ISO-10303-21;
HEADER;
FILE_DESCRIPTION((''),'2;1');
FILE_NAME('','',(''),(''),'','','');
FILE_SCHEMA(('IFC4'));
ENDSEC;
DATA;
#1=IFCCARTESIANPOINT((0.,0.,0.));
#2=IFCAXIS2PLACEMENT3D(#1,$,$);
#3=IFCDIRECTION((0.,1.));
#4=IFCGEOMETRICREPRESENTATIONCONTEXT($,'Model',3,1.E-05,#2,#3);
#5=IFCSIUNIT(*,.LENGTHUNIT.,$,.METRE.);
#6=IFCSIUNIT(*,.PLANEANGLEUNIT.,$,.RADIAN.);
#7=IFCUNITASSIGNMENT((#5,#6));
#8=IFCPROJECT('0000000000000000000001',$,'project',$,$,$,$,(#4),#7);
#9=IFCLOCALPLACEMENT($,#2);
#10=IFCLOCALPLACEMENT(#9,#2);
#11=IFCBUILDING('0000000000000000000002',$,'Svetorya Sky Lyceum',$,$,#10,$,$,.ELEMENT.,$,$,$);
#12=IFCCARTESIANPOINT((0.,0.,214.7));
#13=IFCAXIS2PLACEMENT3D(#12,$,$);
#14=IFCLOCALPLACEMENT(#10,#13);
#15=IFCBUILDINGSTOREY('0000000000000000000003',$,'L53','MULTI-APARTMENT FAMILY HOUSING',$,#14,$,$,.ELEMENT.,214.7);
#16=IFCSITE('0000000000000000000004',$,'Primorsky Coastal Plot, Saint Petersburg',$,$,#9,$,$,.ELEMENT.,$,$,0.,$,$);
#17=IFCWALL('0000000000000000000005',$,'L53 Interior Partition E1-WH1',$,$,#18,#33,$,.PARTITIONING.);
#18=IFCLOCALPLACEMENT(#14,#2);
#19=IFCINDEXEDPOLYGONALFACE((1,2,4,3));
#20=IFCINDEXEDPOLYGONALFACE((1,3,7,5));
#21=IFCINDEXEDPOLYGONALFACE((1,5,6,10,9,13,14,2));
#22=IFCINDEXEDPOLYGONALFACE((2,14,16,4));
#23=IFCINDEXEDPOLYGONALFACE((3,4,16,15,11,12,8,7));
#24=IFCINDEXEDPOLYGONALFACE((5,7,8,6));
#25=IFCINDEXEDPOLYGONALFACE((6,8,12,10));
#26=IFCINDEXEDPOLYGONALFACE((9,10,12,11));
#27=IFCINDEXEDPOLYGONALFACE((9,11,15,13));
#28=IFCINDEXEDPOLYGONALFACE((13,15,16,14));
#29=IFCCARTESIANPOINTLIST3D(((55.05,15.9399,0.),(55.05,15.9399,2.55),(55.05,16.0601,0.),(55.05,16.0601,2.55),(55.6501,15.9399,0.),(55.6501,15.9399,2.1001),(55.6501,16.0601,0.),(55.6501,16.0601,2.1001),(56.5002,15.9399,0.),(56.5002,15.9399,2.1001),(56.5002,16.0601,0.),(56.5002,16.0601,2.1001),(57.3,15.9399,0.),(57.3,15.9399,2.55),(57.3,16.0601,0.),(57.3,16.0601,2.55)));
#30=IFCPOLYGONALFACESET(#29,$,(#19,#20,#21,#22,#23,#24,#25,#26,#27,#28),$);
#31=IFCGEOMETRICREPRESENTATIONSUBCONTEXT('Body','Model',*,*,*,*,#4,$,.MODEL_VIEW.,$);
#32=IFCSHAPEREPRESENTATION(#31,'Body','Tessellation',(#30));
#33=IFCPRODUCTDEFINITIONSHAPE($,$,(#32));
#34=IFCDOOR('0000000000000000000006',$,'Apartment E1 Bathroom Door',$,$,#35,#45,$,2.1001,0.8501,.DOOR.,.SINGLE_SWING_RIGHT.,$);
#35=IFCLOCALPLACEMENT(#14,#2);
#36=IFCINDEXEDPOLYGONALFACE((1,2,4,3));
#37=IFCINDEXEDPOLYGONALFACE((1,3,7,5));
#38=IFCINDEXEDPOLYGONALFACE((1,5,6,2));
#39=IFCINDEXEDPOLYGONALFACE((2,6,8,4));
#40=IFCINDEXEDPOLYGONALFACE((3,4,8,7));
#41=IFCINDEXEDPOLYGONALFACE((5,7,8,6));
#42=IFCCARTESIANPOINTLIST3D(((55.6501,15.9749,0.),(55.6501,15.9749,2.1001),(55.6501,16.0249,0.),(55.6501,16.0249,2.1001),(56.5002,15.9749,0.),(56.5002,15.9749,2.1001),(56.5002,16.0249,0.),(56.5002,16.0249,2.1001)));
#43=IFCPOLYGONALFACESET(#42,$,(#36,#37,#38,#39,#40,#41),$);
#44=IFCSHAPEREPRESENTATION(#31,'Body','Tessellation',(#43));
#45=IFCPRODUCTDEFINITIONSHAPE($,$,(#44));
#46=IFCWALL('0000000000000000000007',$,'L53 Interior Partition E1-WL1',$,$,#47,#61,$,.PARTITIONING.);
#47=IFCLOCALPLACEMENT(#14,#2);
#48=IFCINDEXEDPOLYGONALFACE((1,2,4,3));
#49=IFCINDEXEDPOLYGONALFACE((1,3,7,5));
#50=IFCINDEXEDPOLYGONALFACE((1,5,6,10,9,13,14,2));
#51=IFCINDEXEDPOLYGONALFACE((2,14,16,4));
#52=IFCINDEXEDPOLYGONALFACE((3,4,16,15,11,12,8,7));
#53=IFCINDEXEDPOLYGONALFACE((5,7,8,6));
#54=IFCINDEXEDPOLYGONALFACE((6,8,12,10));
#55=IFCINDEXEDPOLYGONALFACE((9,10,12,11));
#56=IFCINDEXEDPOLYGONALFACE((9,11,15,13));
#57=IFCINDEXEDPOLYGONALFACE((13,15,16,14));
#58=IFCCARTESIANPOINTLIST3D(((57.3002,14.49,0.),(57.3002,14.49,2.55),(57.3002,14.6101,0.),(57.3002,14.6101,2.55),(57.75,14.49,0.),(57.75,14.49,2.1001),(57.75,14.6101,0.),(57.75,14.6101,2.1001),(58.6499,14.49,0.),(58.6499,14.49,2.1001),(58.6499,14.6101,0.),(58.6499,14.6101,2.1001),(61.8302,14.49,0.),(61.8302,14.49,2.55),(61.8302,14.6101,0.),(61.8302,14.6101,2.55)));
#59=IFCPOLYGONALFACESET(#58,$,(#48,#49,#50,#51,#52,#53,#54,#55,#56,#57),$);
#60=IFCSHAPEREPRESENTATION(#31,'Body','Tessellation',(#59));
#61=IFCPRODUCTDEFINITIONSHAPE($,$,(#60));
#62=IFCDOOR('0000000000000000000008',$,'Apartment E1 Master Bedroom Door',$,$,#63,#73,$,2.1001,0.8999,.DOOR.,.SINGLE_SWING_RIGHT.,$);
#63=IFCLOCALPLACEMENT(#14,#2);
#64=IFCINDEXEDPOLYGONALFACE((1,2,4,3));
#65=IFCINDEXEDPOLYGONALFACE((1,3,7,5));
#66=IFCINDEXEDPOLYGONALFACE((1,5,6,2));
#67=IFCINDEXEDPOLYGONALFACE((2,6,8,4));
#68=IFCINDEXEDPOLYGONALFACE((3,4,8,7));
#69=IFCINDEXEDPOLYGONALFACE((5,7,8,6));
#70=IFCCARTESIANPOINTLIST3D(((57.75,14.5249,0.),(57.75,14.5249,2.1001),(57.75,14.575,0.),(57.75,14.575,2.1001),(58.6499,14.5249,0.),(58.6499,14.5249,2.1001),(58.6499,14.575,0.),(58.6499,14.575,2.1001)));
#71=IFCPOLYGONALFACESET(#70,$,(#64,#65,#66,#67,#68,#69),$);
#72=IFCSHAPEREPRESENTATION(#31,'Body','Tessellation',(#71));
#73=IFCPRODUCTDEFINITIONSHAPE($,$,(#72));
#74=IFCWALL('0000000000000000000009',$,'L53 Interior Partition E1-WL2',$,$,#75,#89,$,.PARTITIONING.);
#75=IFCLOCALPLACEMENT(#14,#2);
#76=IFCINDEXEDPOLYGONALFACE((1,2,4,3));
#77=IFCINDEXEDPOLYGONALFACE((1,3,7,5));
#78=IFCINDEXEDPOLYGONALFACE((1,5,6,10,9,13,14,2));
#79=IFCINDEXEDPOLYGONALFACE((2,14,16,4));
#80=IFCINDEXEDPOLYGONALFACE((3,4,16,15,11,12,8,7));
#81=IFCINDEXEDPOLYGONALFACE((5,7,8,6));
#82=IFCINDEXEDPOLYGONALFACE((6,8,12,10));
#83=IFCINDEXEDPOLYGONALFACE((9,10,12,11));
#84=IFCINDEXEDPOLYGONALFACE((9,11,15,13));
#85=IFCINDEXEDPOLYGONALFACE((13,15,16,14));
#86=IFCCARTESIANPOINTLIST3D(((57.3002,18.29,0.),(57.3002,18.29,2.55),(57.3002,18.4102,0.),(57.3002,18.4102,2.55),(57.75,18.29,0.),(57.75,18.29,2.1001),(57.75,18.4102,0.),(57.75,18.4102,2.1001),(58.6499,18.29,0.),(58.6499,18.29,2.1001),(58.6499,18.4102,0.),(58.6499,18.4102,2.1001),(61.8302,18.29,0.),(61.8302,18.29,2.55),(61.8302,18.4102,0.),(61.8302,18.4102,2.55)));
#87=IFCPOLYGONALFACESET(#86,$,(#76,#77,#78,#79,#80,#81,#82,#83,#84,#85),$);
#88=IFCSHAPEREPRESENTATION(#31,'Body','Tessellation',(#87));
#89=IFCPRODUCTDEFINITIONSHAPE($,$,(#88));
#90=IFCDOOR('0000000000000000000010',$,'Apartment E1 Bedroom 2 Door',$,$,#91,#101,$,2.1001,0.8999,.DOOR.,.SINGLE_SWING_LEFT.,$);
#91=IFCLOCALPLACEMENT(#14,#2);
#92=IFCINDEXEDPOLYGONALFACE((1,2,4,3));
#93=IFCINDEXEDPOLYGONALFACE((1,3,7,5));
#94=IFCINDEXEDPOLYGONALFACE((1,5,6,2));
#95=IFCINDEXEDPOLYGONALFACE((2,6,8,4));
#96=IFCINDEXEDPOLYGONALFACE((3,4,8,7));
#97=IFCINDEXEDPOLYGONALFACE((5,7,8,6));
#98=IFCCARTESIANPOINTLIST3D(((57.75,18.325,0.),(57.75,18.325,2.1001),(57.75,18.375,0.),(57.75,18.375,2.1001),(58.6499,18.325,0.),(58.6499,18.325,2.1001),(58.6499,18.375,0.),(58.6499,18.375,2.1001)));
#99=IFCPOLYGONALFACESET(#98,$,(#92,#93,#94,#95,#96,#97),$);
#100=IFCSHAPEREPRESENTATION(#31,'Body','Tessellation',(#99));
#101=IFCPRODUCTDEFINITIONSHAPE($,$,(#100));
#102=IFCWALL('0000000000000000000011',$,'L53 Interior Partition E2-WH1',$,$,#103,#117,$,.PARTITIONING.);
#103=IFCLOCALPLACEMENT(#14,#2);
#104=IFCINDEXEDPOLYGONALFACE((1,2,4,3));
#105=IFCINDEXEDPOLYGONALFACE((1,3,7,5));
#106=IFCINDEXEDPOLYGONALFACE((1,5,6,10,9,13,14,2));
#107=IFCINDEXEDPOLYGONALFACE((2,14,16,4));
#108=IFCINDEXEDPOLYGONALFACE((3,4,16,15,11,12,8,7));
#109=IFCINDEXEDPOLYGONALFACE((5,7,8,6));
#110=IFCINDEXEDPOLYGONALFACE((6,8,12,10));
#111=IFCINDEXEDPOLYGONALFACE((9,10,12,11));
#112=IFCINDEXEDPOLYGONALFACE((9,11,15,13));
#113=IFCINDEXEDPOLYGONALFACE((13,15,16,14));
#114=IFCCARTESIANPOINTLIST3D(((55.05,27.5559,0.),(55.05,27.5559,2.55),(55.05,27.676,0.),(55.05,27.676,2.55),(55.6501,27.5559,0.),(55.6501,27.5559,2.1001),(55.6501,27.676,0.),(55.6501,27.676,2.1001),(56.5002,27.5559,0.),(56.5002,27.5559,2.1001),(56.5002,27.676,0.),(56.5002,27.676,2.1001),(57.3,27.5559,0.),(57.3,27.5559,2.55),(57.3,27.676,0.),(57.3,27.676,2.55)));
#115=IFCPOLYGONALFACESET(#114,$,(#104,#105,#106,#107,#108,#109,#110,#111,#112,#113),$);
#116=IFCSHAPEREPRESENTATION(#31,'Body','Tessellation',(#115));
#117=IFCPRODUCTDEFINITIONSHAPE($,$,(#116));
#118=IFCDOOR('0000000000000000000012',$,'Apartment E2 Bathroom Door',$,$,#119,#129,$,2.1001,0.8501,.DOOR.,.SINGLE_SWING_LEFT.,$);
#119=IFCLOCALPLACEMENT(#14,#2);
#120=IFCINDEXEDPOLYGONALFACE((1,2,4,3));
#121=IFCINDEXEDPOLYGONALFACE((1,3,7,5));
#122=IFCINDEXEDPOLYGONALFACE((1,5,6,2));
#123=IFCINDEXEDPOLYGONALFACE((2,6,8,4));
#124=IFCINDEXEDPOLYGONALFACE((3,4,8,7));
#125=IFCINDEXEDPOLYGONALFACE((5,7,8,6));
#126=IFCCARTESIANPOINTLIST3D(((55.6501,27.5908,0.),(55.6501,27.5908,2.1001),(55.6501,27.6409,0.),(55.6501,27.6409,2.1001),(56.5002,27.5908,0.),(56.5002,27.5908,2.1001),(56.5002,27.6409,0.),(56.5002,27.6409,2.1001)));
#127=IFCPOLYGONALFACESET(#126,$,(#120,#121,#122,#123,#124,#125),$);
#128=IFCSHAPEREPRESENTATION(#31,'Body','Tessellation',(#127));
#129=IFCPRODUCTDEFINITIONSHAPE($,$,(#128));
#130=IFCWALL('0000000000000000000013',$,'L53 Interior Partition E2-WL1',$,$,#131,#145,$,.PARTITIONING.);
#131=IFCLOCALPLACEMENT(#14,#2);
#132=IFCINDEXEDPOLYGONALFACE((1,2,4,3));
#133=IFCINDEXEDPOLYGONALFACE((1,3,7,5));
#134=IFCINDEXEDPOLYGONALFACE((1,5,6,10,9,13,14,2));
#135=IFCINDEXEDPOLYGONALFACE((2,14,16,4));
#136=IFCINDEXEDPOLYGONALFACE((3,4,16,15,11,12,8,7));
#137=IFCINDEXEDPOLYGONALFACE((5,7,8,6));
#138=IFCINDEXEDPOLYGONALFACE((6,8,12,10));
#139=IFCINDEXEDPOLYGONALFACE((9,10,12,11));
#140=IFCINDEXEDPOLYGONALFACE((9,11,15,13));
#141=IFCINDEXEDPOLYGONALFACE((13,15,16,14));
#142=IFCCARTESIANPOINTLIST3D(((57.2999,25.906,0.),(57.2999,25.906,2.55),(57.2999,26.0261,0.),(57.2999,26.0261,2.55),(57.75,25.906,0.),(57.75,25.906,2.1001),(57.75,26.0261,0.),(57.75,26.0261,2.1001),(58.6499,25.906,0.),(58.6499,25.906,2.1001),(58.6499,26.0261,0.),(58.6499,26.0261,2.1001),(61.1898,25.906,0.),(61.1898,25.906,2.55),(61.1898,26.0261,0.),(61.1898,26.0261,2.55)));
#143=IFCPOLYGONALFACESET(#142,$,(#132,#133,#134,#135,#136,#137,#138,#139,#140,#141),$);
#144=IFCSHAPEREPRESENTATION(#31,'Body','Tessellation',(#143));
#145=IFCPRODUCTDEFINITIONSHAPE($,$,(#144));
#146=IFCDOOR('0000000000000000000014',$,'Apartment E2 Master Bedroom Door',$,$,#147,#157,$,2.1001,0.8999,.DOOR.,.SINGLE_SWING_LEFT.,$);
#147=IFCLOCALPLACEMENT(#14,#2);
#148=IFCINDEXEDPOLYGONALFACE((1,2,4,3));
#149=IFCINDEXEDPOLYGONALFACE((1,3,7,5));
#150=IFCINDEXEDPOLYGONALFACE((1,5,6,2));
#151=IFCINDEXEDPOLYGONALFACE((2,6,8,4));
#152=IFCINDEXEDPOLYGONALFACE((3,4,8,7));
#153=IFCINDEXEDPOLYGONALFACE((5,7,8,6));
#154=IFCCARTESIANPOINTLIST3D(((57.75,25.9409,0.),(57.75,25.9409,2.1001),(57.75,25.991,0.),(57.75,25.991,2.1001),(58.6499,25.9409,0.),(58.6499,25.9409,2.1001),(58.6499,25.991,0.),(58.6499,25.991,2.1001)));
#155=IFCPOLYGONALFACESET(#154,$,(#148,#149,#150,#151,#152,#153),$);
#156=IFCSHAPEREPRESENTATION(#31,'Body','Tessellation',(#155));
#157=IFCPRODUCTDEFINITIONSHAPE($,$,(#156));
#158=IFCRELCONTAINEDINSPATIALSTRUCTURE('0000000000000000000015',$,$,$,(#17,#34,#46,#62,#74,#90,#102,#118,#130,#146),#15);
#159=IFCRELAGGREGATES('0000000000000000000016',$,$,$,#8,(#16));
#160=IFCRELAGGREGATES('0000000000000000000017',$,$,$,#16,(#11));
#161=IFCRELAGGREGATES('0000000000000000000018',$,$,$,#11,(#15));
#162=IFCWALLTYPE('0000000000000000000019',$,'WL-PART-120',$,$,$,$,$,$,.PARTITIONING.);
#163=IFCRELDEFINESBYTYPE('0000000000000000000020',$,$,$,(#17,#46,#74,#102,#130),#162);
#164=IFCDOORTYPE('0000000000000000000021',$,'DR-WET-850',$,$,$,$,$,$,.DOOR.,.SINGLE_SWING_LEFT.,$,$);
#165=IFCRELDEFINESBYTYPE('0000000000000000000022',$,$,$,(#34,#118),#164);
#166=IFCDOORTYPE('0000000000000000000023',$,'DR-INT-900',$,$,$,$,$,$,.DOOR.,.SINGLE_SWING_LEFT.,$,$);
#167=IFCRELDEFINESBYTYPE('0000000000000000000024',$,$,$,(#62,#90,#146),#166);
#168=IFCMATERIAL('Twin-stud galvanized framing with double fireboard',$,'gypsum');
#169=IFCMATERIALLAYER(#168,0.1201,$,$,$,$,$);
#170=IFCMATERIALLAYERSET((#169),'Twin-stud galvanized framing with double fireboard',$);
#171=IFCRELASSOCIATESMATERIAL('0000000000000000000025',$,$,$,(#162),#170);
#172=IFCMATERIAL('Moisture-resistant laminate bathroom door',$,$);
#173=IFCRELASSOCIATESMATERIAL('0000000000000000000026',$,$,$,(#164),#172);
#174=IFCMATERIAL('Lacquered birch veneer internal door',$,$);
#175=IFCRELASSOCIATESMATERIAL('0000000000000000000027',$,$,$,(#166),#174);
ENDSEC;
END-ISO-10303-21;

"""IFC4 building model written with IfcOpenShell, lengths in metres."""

from ifc_helpers import new_model, si_unit, direction, frame, frame_2d, origin, place, context, subcontext, project, spatial, rectangle, extrude, material, layer, layer_set, type_object, element, fill, save


model = new_model("IFC4")

# Units and contexts
model_context = context("Model", 3, precision=1e-05, world=origin(), true_north=direction((0.0, 1.0)))
body_context = subcontext(model_context, "Body", "Model", "MODEL_VIEW")
ifc_project = project(units=[si_unit("LENGTHUNIT", "METRE"), si_unit("PLANEANGLEUNIT", "RADIAN")], contexts=[model_context])

# Site, building, storey
site_placement = place(None, origin())
site = spatial("IfcSite", under=ifc_project, at=site_placement, Name="Primorsky Coastal Plot, Saint Petersburg", CompositionType="ELEMENT", RefElevation=0.0)
building_placement = place(site_placement, origin())
building = spatial("IfcBuilding", under=site, at=building_placement, Name="Svetorya Sky Lyceum", CompositionType="ELEMENT")
storey_placement = place(building_placement, frame((0.0, 0.0, 214.7)))
storey = spatial("IfcBuildingStorey", under=building, at=storey_placement, Name="L53", Description="MULTI-APARTMENT FAMILY HOUSING", CompositionType="ELEMENT", Elevation=214.7)

# Walls, openings, doors
ifc_material_1 = material(Name="Twin-stud galvanized framing with double fireboard", Category="gypsum")
ifc_layer_1 = layer(ifc_material_1, 0.1201)
ifc_layer_set_1 = layer_set([ifc_layer_1], Name="Twin-stud galvanized framing with double fireboard")
wall_type_1 = type_object("IfcWallType", Name="WL-PART-120", PredefinedType="PARTITIONING", material=ifc_layer_set_1)
wall_1_placement = place(storey_placement, frame((55.05, 16.0, 0.0), z_axis=(0.0, 0.0, 1.0), x_axis=(1.0, 0.0, 0.0)))
wall_1 = element("IfcWall", 1, at=wall_1_placement, inside=storey, type_object=wall_type_1, Name="L53 Interior Partition E1-WH1", PredefinedType="PARTITIONING", context=body_context, shape_type="SweptSolid", body=[
    extrude(rectangle(XDim=2.25, YDim=0.1201, at=frame_2d((1.125, 0.0))), origin(), (0.0, 0.0, 1.0), 2.55),
])
opening_1_placement = place(wall_1_placement, frame((0.6001, 0.0, 0.0)))
opening_1 = element("IfcOpeningElement", 2, at=opening_1_placement, cuts=wall_1, PredefinedType="OPENING", context=body_context, shape_type="SweptSolid", body=[
    extrude(rectangle(XDim=0.8501, YDim=2.1001, at=frame_2d((0.425, 1.05))), frame((0.0, 0.0701, 0.0), z_axis=(0.0, -1.0, 0.0), x_axis=(1.0, 0.0, 0.0)), (0.0, 0.0, 1.0), 0.1401),
])
ifc_material_2 = material(Name="Moisture-resistant laminate bathroom door")
door_type_1 = type_object("IfcDoorType", Name="DR-WET-850", OperationType="SINGLE_SWING_LEFT", PredefinedType="DOOR", material=ifc_material_2)
door_1_placement = place(opening_1_placement, origin())
door_1 = element("IfcDoor", 3, at=door_1_placement, inside=storey, type_object=door_type_1, Name="Apartment E1 Bathroom Door", OperationType="SINGLE_SWING_RIGHT", OverallHeight=2.1001, OverallWidth=0.8501, PredefinedType="DOOR", context=body_context, shape_type="SweptSolid", body=[
    extrude(rectangle(XDim=0.8501, YDim=2.1001, at=frame_2d((0.425, 1.05))), frame((0.0, 0.0249, 0.0), z_axis=(0.0, -1.0, 0.0), x_axis=(1.0, 0.0, 0.0)), (0.0, 0.0, 1.0), 0.05),
])
fill(opening_1, door_1)
wall_2_placement = place(storey_placement, frame((57.3, 14.55, 0.0), z_axis=(0.0, 0.0, 1.0), x_axis=(1.0, 0.0, 0.0)))
wall_2 = element("IfcWall", 4, at=wall_2_placement, inside=storey, type_object=wall_type_1, Name="L53 Interior Partition E1-WL1", PredefinedType="PARTITIONING", context=body_context, shape_type="SweptSolid", body=[
    extrude(rectangle(XDim=4.53, YDim=0.1201, at=frame_2d((2.2651, 0.0))), origin(), (0.0, 0.0, 1.0), 2.55),
])
opening_2_placement = place(wall_2_placement, frame((0.45, 0.0, 0.0)))
opening_2 = element("IfcOpeningElement", 5, at=opening_2_placement, cuts=wall_2, PredefinedType="OPENING", context=body_context, shape_type="SweptSolid", body=[
    extrude(rectangle(XDim=0.8999, YDim=2.1001, at=frame_2d((0.45, 1.05))), frame((0.0, 0.0701, 0.0), z_axis=(0.0, -1.0, 0.0), x_axis=(1.0, 0.0, 0.0)), (0.0, 0.0, 1.0), 0.1401),
])
ifc_material_3 = material(Name="Lacquered birch veneer internal door")
door_type_2 = type_object("IfcDoorType", Name="DR-INT-900", OperationType="SINGLE_SWING_LEFT", PredefinedType="DOOR", material=ifc_material_3)
door_2_placement = place(opening_2_placement, origin())
door_2 = element("IfcDoor", 6, at=door_2_placement, inside=storey, type_object=door_type_2, Name="Apartment E1 Master Bedroom Door", OperationType="SINGLE_SWING_RIGHT", OverallHeight=2.1001, OverallWidth=0.8999, PredefinedType="DOOR", context=body_context, shape_type="SweptSolid", body=[
    extrude(rectangle(XDim=0.8999, YDim=2.1001, at=frame_2d((0.45, 1.05))), frame((0.0, 0.0249, 0.0), z_axis=(0.0, -1.0, 0.0), x_axis=(1.0, 0.0, 0.0)), (0.0, 0.0, 1.0), 0.05),
])
fill(opening_2, door_2)
wall_3_placement = place(storey_placement, frame((57.3, 18.3501, 0.0), z_axis=(0.0, 0.0, 1.0), x_axis=(1.0, 0.0, 0.0)))
wall_3 = element("IfcWall", 7, at=wall_3_placement, inside=storey, type_object=wall_type_1, Name="L53 Interior Partition E1-WL2", PredefinedType="PARTITIONING", context=body_context, shape_type="SweptSolid", body=[
    extrude(rectangle(XDim=4.53, YDim=0.1201, at=frame_2d((2.2651, 0.0))), origin(), (0.0, 0.0, 1.0), 2.55),
])
opening_3_placement = place(wall_3_placement, frame((0.45, 0.0, 0.0)))
opening_3 = element("IfcOpeningElement", 8, at=opening_3_placement, cuts=wall_3, PredefinedType="OPENING", context=body_context, shape_type="SweptSolid", body=[
    extrude(rectangle(XDim=0.8999, YDim=2.1001, at=frame_2d((0.45, 1.05))), frame((0.0, 0.0701, 0.0), z_axis=(0.0, -1.0, 0.0), x_axis=(1.0, 0.0, 0.0)), (0.0, 0.0, 1.0), 0.1401),
])
door_3_placement = place(opening_3_placement, origin())
door_3 = element("IfcDoor", 9, at=door_3_placement, inside=storey, type_object=door_type_2, Name="Apartment E1 Bedroom 2 Door", OperationType="SINGLE_SWING_LEFT", OverallHeight=2.1001, OverallWidth=0.8999, PredefinedType="DOOR", context=body_context, shape_type="SweptSolid", body=[
    extrude(rectangle(XDim=0.8999, YDim=2.1001, at=frame_2d((0.45, 1.05))), frame((0.0, 0.0249, 0.0), z_axis=(0.0, -1.0, 0.0), x_axis=(1.0, 0.0, 0.0)), (0.0, 0.0, 1.0), 0.05),
])
fill(opening_3, door_3)
wall_4_placement = place(storey_placement, frame((55.05, 27.616, 0.0), z_axis=(0.0, 0.0, 1.0), x_axis=(1.0, 0.0, 0.0)))
wall_4 = element("IfcWall", 10, at=wall_4_placement, inside=storey, type_object=wall_type_1, Name="L53 Interior Partition E2-WH1", PredefinedType="PARTITIONING", context=body_context, shape_type="SweptSolid", body=[
    extrude(rectangle(XDim=2.25, YDim=0.1201, at=frame_2d((1.125, 0.0))), origin(), (0.0, 0.0, 1.0), 2.55),
])
opening_4_placement = place(wall_4_placement, frame((0.6001, 0.0, 0.0)))
opening_4 = element("IfcOpeningElement", 11, at=opening_4_placement, cuts=wall_4, PredefinedType="OPENING", context=body_context, shape_type="SweptSolid", body=[
    extrude(rectangle(XDim=0.8501, YDim=2.1001, at=frame_2d((0.425, 1.05))), frame((0.0, 0.0701, 0.0), z_axis=(0.0, -1.0, 0.0), x_axis=(1.0, 0.0, 0.0)), (0.0, 0.0, 1.0), 0.1401),
])
door_4_placement = place(opening_4_placement, origin())
door_4 = element("IfcDoor", 12, at=door_4_placement, inside=storey, type_object=door_type_1, Name="Apartment E2 Bathroom Door", OperationType="SINGLE_SWING_LEFT", OverallHeight=2.1001, OverallWidth=0.8501, PredefinedType="DOOR", context=body_context, shape_type="SweptSolid", body=[
    extrude(rectangle(XDim=0.8501, YDim=2.1001, at=frame_2d((0.425, 1.05))), frame((0.0, 0.0249, 0.0), z_axis=(0.0, -1.0, 0.0), x_axis=(1.0, 0.0, 0.0)), (0.0, 0.0, 1.0), 0.05),
])
fill(opening_4, door_4)
wall_5_placement = place(storey_placement, frame((57.3, 25.9661, 0.0), z_axis=(0.0, 0.0, 1.0), x_axis=(1.0, 0.0, 0.0)))
wall_5 = element("IfcWall", 13, at=wall_5_placement, inside=storey, type_object=wall_type_1, Name="L53 Interior Partition E2-WL1", PredefinedType="PARTITIONING", context=body_context, shape_type="SweptSolid", body=[
    extrude(rectangle(XDim=3.8899, YDim=0.1201, at=frame_2d((1.9448, 0.0))), origin(), (0.0, 0.0, 1.0), 2.55),
])
opening_5_placement = place(wall_5_placement, frame((0.45, 0.0, 0.0)))
opening_5 = element("IfcOpeningElement", 14, at=opening_5_placement, cuts=wall_5, PredefinedType="OPENING", context=body_context, shape_type="SweptSolid", body=[
    extrude(rectangle(XDim=0.8999, YDim=2.1001, at=frame_2d((0.45, 1.05))), frame((0.0, 0.0701, 0.0), z_axis=(0.0, -1.0, 0.0), x_axis=(1.0, 0.0, 0.0)), (0.0, 0.0, 1.0), 0.1401),
])
door_5_placement = place(opening_5_placement, origin())
door_5 = element("IfcDoor", 15, at=door_5_placement, inside=storey, type_object=door_type_2, Name="Apartment E2 Master Bedroom Door", OperationType="SINGLE_SWING_LEFT", OverallHeight=2.1001, OverallWidth=0.8999, PredefinedType="DOOR", context=body_context, shape_type="SweptSolid", body=[
    extrude(rectangle(XDim=0.8999, YDim=2.1001, at=frame_2d((0.45, 1.05))), frame((0.0, 0.0249, 0.0), z_axis=(0.0, -1.0, 0.0), x_axis=(1.0, 0.0, 0.0)), (0.0, 0.0, 1.0), 0.05),
])
fill(opening_5, door_5)

save(model, "model.ifc")
